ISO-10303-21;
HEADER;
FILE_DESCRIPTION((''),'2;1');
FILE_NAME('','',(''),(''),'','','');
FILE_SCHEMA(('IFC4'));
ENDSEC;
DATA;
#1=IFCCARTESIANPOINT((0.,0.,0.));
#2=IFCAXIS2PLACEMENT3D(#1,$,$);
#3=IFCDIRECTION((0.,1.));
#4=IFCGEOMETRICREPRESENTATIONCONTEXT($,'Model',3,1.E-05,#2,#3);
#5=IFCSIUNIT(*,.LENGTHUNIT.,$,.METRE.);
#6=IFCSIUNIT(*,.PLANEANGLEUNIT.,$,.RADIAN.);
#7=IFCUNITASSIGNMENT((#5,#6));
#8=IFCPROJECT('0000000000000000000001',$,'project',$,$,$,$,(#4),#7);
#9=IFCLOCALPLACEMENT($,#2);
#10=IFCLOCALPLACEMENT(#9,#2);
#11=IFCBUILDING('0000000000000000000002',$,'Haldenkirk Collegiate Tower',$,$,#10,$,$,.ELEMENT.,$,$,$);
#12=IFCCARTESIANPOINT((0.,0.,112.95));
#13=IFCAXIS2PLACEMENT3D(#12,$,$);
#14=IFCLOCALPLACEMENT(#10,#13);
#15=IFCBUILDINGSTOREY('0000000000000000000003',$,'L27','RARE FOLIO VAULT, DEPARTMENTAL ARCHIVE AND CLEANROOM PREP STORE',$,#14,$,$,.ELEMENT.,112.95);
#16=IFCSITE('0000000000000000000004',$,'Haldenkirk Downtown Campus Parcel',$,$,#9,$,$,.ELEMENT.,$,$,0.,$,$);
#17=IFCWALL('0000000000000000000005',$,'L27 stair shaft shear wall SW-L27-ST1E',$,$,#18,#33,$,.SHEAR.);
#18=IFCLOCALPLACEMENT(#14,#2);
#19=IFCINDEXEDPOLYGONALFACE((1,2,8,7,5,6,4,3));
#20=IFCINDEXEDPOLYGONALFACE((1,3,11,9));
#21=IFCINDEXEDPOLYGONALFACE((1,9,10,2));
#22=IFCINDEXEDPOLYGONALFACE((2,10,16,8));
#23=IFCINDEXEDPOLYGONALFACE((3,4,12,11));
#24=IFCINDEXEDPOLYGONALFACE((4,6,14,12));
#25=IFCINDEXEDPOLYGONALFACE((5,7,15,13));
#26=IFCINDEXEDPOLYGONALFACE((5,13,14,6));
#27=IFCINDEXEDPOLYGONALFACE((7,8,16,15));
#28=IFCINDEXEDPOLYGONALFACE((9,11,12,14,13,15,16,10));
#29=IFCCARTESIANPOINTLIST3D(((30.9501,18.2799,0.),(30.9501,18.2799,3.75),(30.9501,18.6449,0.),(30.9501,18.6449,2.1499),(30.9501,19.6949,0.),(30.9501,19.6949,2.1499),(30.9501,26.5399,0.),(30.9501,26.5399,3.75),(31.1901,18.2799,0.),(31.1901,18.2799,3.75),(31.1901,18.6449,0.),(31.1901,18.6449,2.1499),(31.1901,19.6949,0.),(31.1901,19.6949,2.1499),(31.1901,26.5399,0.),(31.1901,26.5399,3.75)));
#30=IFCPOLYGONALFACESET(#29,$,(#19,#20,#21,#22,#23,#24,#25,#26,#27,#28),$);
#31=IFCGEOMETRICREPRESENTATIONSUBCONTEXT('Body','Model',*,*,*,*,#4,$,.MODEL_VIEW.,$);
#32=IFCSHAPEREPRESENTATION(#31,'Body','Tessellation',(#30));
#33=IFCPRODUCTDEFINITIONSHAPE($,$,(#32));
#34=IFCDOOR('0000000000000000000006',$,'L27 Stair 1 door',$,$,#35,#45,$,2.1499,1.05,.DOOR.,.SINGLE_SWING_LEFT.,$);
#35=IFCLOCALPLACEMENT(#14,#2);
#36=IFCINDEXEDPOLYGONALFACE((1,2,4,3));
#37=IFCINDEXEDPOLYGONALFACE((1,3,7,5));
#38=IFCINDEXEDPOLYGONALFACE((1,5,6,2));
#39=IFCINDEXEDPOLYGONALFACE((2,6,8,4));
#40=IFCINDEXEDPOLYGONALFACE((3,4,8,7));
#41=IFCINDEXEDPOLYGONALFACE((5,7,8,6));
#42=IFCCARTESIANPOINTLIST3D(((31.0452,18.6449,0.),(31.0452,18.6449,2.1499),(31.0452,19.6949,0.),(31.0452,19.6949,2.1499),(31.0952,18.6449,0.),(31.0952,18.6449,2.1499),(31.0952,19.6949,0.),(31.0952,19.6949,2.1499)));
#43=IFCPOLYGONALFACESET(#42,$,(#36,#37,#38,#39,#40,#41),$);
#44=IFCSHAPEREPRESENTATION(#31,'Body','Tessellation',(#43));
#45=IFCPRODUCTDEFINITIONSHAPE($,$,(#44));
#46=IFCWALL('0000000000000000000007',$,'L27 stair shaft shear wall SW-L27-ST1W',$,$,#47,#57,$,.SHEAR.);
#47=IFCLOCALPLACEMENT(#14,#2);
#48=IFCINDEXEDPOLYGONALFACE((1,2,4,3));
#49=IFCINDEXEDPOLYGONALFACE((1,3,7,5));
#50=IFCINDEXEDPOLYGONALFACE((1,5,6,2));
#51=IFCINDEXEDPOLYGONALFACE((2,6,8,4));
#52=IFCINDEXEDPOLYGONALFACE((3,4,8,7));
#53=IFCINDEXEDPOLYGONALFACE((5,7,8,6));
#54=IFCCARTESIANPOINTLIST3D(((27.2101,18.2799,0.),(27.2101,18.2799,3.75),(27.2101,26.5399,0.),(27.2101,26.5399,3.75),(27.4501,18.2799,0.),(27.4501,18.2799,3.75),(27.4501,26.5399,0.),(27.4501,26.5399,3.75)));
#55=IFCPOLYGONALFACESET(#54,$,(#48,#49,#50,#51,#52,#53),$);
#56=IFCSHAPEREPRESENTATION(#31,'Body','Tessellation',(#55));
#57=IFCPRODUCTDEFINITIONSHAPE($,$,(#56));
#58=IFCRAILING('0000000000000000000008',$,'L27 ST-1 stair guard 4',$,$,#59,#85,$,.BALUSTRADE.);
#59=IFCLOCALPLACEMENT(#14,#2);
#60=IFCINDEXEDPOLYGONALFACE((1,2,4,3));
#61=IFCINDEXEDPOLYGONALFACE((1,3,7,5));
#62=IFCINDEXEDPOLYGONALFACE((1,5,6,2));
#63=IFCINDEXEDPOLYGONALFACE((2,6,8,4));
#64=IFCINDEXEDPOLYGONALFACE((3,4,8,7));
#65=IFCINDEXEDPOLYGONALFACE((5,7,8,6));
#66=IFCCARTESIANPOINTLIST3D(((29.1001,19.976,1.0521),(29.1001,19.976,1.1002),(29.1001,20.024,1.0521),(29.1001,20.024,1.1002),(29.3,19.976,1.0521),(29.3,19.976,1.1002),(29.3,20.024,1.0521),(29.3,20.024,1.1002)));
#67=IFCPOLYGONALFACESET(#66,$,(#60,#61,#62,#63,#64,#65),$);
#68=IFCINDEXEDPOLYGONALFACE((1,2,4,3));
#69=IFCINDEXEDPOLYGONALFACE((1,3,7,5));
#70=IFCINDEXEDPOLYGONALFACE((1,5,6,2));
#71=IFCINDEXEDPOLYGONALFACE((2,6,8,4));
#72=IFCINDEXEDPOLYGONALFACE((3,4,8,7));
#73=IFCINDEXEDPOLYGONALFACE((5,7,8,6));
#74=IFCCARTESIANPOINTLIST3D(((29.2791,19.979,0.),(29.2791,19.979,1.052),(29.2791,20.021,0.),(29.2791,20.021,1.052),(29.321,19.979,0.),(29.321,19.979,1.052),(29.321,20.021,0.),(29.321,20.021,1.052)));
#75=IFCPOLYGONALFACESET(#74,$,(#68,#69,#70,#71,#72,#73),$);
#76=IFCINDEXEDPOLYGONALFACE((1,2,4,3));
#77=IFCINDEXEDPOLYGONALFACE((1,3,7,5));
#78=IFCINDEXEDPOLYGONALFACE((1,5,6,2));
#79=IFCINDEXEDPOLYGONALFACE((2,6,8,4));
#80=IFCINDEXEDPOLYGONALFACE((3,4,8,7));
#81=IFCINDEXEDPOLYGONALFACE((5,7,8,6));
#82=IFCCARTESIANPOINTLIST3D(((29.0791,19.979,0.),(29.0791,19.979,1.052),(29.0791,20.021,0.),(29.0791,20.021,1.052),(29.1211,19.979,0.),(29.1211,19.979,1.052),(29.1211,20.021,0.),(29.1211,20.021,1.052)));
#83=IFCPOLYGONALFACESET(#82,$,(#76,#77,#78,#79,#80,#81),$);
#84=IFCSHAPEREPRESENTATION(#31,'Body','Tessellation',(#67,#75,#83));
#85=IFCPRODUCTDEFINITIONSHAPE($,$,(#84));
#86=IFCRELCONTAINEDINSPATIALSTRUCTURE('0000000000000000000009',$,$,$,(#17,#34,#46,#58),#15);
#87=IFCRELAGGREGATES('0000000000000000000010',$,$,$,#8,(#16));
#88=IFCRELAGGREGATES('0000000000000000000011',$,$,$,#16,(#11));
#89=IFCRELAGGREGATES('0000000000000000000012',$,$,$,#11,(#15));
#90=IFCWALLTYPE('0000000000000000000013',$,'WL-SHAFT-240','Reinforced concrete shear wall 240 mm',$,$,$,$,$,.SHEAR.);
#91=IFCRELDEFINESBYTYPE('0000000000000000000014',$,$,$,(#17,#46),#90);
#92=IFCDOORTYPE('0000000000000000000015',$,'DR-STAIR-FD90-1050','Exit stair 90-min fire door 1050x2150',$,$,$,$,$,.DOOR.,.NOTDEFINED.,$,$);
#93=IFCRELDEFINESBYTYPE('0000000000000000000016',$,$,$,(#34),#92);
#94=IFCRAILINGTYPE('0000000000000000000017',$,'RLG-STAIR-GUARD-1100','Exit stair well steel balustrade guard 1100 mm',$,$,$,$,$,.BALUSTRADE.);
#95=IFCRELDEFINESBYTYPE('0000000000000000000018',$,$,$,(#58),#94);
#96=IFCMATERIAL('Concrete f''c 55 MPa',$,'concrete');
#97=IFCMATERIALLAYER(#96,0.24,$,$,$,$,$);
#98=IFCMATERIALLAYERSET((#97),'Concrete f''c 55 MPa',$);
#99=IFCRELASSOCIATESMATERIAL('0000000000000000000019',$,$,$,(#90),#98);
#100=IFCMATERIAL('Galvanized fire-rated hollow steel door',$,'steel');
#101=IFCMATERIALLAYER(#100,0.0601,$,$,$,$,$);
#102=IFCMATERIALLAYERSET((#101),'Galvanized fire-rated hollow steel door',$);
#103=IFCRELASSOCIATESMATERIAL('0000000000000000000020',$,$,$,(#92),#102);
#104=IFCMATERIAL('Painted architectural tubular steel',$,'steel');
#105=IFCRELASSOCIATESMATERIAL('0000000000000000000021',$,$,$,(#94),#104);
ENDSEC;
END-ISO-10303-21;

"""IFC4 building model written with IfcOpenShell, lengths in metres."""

from ifc_helpers import new_model, si_unit, direction, frame, frame_2d, origin, origin_2d, place, context, subcontext, project, spatial, rectangle, extrude, material, layer, layer_set, type_object, element, fill, save


model = new_model("IFC4")

# Units and contexts
model_context = context("Model", 3, precision=1e-05, world=origin(), true_north=direction((0.0, 1.0)))
body_context = subcontext(model_context, "Body", "Model", "MODEL_VIEW")
ifc_project = project(units=[si_unit("LENGTHUNIT", "METRE"), si_unit("PLANEANGLEUNIT", "RADIAN")], contexts=[model_context])

# Site, building, storey
site_placement = place(None, origin())
site = spatial("IfcSite", under=ifc_project, at=site_placement, Name="Haldenkirk Downtown Campus Parcel", CompositionType="ELEMENT", RefElevation=0.0)
building_placement = place(site_placement, origin())
building = spatial("IfcBuilding", under=site, at=building_placement, Name="Haldenkirk Collegiate Tower", CompositionType="ELEMENT")
storey_placement = place(building_placement, frame((0.0, 0.0, 112.95)))
storey = spatial("IfcBuildingStorey", under=building, at=storey_placement, Name="L27", Description="RARE FOLIO VAULT, DEPARTMENTAL ARCHIVE AND CLEANROOM PREP STORE", CompositionType="ELEMENT", Elevation=112.95)

# Shared definitions
ifc_material_1 = material(Name="Galvanized fire-rated hollow steel door", Category="steel")

# Wall, opening, door
ifc_material_2 = material(Name="Concrete f'c 55 MPa", Category="concrete")
ifc_layer_1 = layer(ifc_material_2, 0.24)
ifc_layer_set_1 = layer_set([ifc_layer_1], Name="Concrete f'c 55 MPa")
wall_type_1 = type_object("IfcWallType", Name="WL-SHAFT-240", Description="Reinforced concrete shear wall 240 mm", PredefinedType="SHEAR", material=ifc_layer_set_1)
wall_1_placement = place(storey_placement, frame((31.0701, 18.28, 0.0), z_axis=(0.0, 0.0, 1.0), x_axis=(0.0, 1.0, 0.0)))
wall_1 = element("IfcWall", 1, at=wall_1_placement, inside=storey, type_object=wall_type_1, Name="L27 stair shaft shear wall SW-L27-ST1E", PredefinedType="SHEAR", context=body_context, shape_type="SweptSolid", body=[
    extrude(rectangle(XDim=8.26, YDim=0.24, at=frame_2d((4.1299, 0.0))), origin(), (0.0, 0.0, 1.0), 3.75),
])
opening_1_placement = place(wall_1_placement, frame((0.365, 0.0, 0.0)))
opening_1 = element("IfcOpeningElement", 2, at=opening_1_placement, cuts=wall_1, PredefinedType="OPENING", context=body_context, shape_type="SweptSolid", body=[
    extrude(rectangle(XDim=1.05, YDim=2.1499, at=frame_2d((0.5249, 1.075))), frame((0.0, 0.1299, 0.0), z_axis=(0.0, -1.0, 0.0), x_axis=(1.0, 0.0, 0.0)), (0.0, 0.0, 1.0), 0.26),
])
ifc_layer_2 = layer(ifc_material_1, 0.0601)
ifc_layer_set_2 = layer_set([ifc_layer_2], Name="Galvanized fire-rated hollow steel door")
door_type_1 = type_object("IfcDoorType", Name="DR-STAIR-FD90-1050", Description="Exit stair 90-min fire door 1050x2150", OperationType="NOTDEFINED", PredefinedType="DOOR", material=ifc_layer_set_2)
door_1_placement = place(opening_1_placement, origin())
door_1 = element("IfcDoor", 3, at=door_1_placement, inside=storey, type_object=door_type_1, Name="L27 Stair 1 door", OperationType="SINGLE_SWING_LEFT", OverallHeight=2.1499, OverallWidth=1.05, PredefinedType="DOOR", context=body_context, shape_type="SweptSolid", body=[
    extrude(rectangle(XDim=1.05, YDim=2.1499, at=frame_2d((0.5249, 1.075))), frame((0.0, 0.0249, 0.0), z_axis=(0.0, -1.0, 0.0), x_axis=(1.0, 0.0, 0.0)), (0.0, 0.0, 1.0), 0.05),
])
fill(opening_1, door_1)

# Wall
wall_2_placement = place(storey_placement, frame((27.3301, 18.28, 0.0), z_axis=(0.0, 0.0, 1.0), x_axis=(0.0, 1.0, 0.0)))
element("IfcWall", 4, at=wall_2_placement, inside=storey, type_object=wall_type_1, Name="L27 stair shaft shear wall SW-L27-ST1W", PredefinedType="SHEAR", context=body_context, shape_type="SweptSolid", body=[
    extrude(rectangle(XDim=8.26, YDim=0.24, at=frame_2d((4.1299, 0.0))), origin(), (0.0, 0.0, 1.0), 3.75),
])

# Railing
ifc_material_3 = material(Name="Painted architectural tubular steel", Category="steel")
railing_type = type_object("IfcRailingType", Name="RLG-STAIR-GUARD-1100", Description="Exit stair well steel balustrade guard 1100 mm", PredefinedType="BALUSTRADE", material=ifc_material_3)
railing_placement = place(storey_placement, frame((29.3, 20.0, 0.0)))
element("IfcRailing", 5, at=railing_placement, inside=storey, type_object=railing_type, Name="L27 ST-1 stair guard 4", PredefinedType="BALUSTRADE", context=body_context, shape_type="SweptSolid", body=[
    extrude(rectangle(XDim=0.0481, YDim=0.0481, at=origin_2d()), frame((0.0, 0.0, 1.0762), z_axis=(-1.0, 0.0, 0.0), x_axis=(0.0, -1.0, 0.0)), (0.0, 0.0, 1.0), 0.2),
    extrude(rectangle(XDim=0.042, YDim=0.042, at=origin_2d()), origin(), (0.0, 0.0, 1.0), 1.052),
    extrude(rectangle(XDim=0.042, YDim=0.042, at=origin_2d()), frame((-0.2, 0.0, 0.0)), (0.0, 0.0, 1.0), 1.052),
])

save(model, "model.ifc")
